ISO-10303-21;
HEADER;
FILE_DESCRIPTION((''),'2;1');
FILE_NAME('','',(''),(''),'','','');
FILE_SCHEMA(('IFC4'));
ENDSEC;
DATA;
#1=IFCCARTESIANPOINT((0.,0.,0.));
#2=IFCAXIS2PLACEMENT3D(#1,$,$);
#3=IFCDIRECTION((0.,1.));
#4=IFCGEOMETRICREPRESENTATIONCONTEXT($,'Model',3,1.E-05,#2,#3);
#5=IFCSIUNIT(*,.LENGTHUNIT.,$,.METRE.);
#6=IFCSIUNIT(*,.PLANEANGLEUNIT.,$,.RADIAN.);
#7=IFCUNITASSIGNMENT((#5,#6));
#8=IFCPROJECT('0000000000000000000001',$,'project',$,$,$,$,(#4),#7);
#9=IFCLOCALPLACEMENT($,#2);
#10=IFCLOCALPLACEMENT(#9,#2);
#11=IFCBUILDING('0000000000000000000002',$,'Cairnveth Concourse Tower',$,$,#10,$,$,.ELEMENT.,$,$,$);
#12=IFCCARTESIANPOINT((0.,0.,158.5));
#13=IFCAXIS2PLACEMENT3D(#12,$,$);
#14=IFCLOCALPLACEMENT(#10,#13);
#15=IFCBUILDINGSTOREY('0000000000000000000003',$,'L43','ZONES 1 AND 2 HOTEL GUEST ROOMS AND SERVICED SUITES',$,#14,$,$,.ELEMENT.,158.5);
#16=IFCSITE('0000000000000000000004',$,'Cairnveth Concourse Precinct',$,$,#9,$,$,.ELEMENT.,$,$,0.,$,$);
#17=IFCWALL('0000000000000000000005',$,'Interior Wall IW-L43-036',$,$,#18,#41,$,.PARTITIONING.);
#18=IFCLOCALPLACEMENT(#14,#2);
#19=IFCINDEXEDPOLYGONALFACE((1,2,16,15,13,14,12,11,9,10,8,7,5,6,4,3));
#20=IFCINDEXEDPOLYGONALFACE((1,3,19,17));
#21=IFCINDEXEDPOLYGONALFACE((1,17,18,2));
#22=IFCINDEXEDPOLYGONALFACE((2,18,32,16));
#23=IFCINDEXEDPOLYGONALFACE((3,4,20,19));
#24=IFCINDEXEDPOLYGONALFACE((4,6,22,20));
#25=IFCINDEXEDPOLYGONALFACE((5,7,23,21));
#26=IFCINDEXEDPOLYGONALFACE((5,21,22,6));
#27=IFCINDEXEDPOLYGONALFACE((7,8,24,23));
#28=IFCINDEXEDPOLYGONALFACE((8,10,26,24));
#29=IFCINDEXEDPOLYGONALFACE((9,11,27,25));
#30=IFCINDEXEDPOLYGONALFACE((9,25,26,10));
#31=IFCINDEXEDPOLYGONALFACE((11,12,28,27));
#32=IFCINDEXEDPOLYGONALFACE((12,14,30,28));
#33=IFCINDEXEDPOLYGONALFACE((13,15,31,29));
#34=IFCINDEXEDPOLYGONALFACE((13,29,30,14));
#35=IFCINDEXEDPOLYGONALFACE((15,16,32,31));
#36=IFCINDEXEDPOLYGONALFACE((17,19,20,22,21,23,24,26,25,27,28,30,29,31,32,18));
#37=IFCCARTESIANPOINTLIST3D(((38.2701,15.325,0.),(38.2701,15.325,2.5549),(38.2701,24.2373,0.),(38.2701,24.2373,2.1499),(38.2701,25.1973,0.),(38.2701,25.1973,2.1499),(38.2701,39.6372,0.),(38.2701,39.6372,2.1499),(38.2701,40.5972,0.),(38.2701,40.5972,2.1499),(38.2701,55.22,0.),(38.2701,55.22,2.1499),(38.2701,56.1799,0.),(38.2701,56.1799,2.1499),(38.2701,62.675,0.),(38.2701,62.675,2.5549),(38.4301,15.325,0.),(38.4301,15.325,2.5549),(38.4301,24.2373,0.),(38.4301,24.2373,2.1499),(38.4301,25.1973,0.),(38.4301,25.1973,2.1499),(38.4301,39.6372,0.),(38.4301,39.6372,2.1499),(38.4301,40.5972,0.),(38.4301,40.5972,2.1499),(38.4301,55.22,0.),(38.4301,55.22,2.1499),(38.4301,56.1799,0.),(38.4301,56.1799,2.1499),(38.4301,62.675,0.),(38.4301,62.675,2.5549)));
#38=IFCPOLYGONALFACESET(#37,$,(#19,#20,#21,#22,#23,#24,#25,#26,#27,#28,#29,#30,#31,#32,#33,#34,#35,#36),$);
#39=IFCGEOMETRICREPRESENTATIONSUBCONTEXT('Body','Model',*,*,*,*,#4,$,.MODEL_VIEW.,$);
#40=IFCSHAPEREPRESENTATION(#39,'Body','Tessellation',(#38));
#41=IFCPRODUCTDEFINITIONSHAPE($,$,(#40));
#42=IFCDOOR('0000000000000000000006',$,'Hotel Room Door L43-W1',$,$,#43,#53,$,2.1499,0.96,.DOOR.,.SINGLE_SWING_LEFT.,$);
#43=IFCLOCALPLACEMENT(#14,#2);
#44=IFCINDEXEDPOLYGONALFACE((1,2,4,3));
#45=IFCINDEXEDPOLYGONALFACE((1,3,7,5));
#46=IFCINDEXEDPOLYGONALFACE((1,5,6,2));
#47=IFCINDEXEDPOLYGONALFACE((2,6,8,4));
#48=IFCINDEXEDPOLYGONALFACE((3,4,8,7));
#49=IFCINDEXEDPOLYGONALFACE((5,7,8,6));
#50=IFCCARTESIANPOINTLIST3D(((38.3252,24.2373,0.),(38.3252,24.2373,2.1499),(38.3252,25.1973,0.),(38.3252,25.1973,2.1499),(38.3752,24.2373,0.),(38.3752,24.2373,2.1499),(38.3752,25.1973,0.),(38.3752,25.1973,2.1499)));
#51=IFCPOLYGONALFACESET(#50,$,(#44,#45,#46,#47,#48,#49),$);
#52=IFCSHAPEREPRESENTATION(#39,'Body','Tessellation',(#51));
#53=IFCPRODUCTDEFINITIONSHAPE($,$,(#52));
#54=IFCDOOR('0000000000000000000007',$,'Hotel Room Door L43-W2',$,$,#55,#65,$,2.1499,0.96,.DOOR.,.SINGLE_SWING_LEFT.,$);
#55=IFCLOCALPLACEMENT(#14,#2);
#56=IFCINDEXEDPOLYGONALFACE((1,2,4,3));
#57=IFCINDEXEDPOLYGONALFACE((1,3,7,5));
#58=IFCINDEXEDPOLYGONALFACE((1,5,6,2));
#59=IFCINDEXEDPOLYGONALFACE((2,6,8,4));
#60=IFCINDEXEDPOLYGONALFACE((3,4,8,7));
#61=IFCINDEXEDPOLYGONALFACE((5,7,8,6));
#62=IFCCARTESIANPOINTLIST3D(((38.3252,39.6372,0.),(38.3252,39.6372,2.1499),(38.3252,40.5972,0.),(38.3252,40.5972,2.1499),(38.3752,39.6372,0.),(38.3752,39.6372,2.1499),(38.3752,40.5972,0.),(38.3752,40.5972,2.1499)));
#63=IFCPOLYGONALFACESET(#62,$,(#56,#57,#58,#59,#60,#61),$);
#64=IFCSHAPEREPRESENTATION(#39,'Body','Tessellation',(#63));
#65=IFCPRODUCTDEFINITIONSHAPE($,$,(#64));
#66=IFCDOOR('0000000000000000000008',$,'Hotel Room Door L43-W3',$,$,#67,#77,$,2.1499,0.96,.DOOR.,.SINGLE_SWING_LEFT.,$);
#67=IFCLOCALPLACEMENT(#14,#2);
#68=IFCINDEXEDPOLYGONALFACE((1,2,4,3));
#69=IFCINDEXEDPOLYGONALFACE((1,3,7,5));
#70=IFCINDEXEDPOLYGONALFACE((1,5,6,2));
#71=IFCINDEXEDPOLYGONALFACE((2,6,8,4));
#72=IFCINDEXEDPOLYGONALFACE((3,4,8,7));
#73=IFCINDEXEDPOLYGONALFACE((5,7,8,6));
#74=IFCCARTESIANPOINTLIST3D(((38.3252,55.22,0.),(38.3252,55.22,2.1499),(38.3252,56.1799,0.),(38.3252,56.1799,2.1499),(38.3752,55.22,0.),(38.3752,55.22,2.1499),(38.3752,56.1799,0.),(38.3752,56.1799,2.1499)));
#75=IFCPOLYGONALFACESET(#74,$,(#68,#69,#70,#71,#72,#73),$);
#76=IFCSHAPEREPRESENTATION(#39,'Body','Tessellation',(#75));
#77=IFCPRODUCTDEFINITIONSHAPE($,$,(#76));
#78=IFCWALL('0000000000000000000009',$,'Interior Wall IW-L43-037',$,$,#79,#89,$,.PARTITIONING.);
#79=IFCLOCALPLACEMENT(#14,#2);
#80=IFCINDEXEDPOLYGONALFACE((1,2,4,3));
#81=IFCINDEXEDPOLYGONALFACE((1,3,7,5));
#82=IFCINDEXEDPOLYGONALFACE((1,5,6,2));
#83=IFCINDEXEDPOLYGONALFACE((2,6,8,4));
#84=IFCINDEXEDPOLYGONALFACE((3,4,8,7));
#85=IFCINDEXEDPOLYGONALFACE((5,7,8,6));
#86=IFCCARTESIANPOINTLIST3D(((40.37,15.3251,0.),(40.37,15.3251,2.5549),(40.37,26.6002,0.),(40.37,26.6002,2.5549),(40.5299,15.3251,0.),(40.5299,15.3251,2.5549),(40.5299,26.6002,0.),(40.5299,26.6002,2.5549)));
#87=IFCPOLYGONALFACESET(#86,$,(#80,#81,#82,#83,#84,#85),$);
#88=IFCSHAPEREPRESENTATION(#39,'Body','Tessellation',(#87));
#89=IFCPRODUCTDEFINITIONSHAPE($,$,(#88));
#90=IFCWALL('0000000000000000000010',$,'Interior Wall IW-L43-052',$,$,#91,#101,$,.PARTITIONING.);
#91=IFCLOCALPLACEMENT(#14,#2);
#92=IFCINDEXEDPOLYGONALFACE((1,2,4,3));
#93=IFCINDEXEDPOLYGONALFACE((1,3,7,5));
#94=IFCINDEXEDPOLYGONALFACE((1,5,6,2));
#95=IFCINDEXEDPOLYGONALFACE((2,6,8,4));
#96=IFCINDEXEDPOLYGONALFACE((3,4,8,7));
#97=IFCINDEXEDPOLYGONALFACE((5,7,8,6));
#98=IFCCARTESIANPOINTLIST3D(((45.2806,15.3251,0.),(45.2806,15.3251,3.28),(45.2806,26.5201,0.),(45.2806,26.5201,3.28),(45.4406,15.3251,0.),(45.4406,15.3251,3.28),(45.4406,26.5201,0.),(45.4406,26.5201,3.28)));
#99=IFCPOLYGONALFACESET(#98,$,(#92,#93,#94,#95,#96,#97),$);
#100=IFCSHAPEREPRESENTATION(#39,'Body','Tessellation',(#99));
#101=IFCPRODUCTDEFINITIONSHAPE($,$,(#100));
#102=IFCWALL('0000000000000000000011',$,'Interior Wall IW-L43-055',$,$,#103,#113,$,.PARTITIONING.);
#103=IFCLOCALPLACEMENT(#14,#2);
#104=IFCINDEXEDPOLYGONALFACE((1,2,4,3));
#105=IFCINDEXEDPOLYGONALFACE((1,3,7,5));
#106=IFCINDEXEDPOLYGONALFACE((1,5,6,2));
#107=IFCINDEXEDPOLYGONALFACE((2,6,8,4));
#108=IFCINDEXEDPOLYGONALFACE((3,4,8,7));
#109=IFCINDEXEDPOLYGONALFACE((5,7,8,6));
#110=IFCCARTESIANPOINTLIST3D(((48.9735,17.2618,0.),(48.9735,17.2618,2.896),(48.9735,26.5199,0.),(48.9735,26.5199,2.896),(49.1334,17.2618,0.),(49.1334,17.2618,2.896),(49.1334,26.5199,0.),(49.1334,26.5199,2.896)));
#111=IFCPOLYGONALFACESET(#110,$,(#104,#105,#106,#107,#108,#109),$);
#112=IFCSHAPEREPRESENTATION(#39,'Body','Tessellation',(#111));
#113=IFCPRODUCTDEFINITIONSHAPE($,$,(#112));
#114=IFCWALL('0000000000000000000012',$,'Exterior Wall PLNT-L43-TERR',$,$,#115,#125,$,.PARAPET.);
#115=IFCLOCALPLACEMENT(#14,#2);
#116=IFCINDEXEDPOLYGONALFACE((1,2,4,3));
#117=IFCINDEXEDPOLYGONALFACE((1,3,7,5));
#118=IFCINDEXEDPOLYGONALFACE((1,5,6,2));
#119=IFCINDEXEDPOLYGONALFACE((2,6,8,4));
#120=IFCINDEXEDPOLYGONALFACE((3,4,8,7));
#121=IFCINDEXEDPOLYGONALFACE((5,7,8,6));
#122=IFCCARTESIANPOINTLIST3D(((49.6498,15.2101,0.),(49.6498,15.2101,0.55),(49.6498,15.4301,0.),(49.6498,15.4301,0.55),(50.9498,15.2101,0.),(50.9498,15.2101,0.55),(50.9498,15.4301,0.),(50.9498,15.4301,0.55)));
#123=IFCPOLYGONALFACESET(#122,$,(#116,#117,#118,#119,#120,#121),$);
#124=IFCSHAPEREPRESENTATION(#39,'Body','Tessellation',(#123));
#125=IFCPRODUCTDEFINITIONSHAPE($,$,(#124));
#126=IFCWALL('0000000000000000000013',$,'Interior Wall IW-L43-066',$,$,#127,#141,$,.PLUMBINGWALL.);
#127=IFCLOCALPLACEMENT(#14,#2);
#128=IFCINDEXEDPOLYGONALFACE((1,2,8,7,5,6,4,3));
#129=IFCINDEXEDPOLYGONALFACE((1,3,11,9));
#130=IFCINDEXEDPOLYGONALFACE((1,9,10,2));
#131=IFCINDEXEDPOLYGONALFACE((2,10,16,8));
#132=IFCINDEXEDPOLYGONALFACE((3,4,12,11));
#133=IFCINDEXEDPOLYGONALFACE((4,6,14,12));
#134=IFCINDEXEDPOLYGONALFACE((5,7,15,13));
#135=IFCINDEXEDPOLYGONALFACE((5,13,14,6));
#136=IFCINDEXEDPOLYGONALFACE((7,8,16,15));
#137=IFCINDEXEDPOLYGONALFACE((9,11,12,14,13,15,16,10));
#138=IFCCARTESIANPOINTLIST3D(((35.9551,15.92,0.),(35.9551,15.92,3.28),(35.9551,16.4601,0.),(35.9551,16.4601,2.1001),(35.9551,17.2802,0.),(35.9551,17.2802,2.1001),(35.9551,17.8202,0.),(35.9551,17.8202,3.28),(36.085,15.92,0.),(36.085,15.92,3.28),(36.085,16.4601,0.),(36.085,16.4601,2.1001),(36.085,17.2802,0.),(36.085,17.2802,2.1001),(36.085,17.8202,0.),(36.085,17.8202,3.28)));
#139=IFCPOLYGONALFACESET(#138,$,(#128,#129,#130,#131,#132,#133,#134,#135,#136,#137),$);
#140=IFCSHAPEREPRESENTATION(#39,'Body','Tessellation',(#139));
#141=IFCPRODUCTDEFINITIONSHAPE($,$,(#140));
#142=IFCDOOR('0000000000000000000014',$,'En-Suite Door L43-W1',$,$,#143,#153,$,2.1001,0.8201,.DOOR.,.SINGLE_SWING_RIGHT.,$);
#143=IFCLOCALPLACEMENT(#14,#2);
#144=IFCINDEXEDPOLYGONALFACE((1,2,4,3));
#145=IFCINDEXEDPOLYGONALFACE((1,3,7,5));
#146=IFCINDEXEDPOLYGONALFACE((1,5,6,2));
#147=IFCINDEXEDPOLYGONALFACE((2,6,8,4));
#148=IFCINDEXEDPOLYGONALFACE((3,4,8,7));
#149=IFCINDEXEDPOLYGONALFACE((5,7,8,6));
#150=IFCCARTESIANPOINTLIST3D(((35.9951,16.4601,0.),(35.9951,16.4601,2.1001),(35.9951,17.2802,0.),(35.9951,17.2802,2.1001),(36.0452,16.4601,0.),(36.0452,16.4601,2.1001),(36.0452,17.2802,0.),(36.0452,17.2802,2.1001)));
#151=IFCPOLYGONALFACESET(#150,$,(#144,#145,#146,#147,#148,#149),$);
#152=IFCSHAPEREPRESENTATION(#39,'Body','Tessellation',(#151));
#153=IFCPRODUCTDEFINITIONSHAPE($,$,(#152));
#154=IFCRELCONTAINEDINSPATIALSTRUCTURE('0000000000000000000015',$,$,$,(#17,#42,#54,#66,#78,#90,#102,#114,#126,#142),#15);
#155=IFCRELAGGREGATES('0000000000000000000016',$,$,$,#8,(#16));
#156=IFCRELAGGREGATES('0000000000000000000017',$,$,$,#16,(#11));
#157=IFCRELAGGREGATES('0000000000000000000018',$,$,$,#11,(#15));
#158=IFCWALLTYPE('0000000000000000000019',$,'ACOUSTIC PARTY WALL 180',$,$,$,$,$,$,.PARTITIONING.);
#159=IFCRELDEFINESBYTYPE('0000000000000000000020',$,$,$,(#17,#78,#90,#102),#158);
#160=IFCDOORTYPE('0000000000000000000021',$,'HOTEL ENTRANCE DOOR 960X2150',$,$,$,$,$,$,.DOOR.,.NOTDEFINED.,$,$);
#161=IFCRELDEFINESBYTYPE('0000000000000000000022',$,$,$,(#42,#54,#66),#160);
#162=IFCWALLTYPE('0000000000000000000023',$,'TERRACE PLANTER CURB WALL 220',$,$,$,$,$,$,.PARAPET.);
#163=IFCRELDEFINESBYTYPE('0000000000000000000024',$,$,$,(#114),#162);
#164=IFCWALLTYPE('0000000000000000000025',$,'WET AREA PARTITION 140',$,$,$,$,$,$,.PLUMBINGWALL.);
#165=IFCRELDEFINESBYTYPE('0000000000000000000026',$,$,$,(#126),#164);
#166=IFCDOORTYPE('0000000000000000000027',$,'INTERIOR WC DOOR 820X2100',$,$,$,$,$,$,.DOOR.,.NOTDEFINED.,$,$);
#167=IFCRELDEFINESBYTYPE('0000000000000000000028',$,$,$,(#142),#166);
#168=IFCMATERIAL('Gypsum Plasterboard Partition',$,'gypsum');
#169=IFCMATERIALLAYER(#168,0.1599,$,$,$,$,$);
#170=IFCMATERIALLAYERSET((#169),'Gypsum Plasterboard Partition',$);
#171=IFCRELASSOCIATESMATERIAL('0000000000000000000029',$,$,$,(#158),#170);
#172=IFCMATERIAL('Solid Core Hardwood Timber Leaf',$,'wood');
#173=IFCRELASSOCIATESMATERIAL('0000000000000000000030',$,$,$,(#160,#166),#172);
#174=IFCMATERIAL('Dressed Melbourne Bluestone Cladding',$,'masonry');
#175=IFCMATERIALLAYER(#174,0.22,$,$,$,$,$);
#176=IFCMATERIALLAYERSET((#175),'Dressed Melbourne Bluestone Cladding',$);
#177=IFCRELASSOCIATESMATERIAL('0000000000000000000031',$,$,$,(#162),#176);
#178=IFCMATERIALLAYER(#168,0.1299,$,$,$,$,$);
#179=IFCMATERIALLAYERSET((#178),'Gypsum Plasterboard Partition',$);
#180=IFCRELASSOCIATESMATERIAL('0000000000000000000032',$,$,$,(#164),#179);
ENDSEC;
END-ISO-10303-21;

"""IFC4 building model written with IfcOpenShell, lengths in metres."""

from ifc_helpers import new_model, si_unit, direction, frame, frame_2d, origin, place, context, subcontext, project, spatial, rectangle, extrude, material, layer, layer_set, type_object, element, fill, save


model = new_model("IFC4")

# Units and contexts
model_context = context("Model", 3, precision=1e-05, world=origin(), true_north=direction((0.0, 1.0)))
body_context = subcontext(model_context, "Body", "Model", "MODEL_VIEW")
ifc_project = project(units=[si_unit("LENGTHUNIT", "METRE"), si_unit("PLANEANGLEUNIT", "RADIAN")], contexts=[model_context])

# Site, building, storey
site_placement = place(None, origin())
site = spatial("IfcSite", under=ifc_project, at=site_placement, Name="Cairnveth Concourse Precinct", CompositionType="ELEMENT", RefElevation=0.0)
building_placement = place(site_placement, origin())
building = spatial("IfcBuilding", under=site, at=building_placement, Name="Cairnveth Concourse Tower", CompositionType="ELEMENT")
storey_placement = place(building_placement, frame((0.0, 0.0, 158.5)))
storey = spatial("IfcBuildingStorey", under=building, at=storey_placement, Name="L43", Description="ZONES 1 AND 2 HOTEL GUEST ROOMS AND SERVICED SUITES", CompositionType="ELEMENT", Elevation=158.5)

# Wall, openings, doors
ifc_material_1 = material(Name="Gypsum Plasterboard Partition", Category="gypsum")
ifc_layer_1 = layer(ifc_material_1, 0.1599)
ifc_layer_set_1 = layer_set([ifc_layer_1], Name="Gypsum Plasterboard Partition")
wall_type_1 = type_object("IfcWallType", Name="ACOUSTIC PARTY WALL 180", PredefinedType="PARTITIONING", material=ifc_layer_set_1)
wall_1_placement = place(storey_placement, frame((38.3501, 15.325, 0.0), z_axis=(0.0, 0.0, 1.0), x_axis=(0.0, 1.0, 0.0)))
wall_1 = element("IfcWall", 1, at=wall_1_placement, inside=storey, type_object=wall_type_1, Name="Interior Wall IW-L43-036", PredefinedType="PARTITIONING", context=body_context, shape_type="SweptSolid", body=[
    extrude(rectangle(XDim=47.3501, YDim=0.1599, at=frame_2d((23.675, 0.0))), origin(), (0.0, 0.0, 1.0), 2.5549),
])
opening_1_placement = place(wall_1_placement, frame((8.9124, 0.0, 0.0)))
opening_1 = element("IfcOpeningElement", 2, at=opening_1_placement, cuts=wall_1, PredefinedType="OPENING", context=body_context, shape_type="SweptSolid", body=[
    extrude(rectangle(XDim=0.96, YDim=2.1499, at=frame_2d((0.48, 1.075))), frame((0.0, 0.0898, 0.0), z_axis=(0.0, -1.0, 0.0), x_axis=(1.0, 0.0, 0.0)), (0.0, 0.0, 1.0), 0.1799),
])
opening_2_placement = place(wall_1_placement, frame((24.3123, 0.0, 0.0)))
opening_2 = element("IfcOpeningElement", 3, at=opening_2_placement, cuts=wall_1, PredefinedType="OPENING", context=body_context, shape_type="SweptSolid", body=[
    extrude(rectangle(XDim=0.96, YDim=2.1499, at=frame_2d((0.48, 1.075))), frame((0.0, 0.0898, 0.0), z_axis=(0.0, -1.0, 0.0), x_axis=(1.0, 0.0, 0.0)), (0.0, 0.0, 1.0), 0.1799),
])
opening_3_placement = place(wall_1_placement, frame((39.895, 0.0, 0.0)))
opening_3 = element("IfcOpeningElement", 4, at=opening_3_placement, cuts=wall_1, PredefinedType="OPENING", context=body_context, shape_type="SweptSolid", body=[
    extrude(rectangle(XDim=0.96, YDim=2.1499, at=frame_2d((0.48, 1.075))), frame((0.0, 0.0898, 0.0), z_axis=(0.0, -1.0, 0.0), x_axis=(1.0, 0.0, 0.0)), (0.0, 0.0, 1.0), 0.1799),
])
ifc_material_2 = material(Name="Solid Core Hardwood Timber Leaf", Category="wood")
door_type_1 = type_object("IfcDoorType", Name="HOTEL ENTRANCE DOOR 960X2150", OperationType="NOTDEFINED", PredefinedType="DOOR", material=ifc_material_2)
door_1_placement = place(opening_1_placement, origin())
door_1 = element("IfcDoor", 5, at=door_1_placement, inside=storey, type_object=door_type_1, Name="Hotel Room Door L43-W1", OperationType="SINGLE_SWING_LEFT", OverallHeight=2.1499, OverallWidth=0.96, PredefinedType="DOOR", context=body_context, shape_type="SweptSolid", body=[
    extrude(rectangle(XDim=0.96, YDim=2.1499, at=frame_2d((0.48, 1.075))), frame((0.0, 0.0249, 0.0), z_axis=(0.0, -1.0, 0.0), x_axis=(1.0, 0.0, 0.0)), (0.0, 0.0, 1.0), 0.05),
])
fill(opening_1, door_1)
door_2_placement = place(opening_2_placement, origin())
door_2 = element("IfcDoor", 6, at=door_2_placement, inside=storey, type_object=door_type_1, Name="Hotel Room Door L43-W2", OperationType="SINGLE_SWING_LEFT", OverallHeight=2.1499, OverallWidth=0.96, PredefinedType="DOOR", context=body_context, shape_type="SweptSolid", body=[
    extrude(rectangle(XDim=0.96, YDim=2.1499, at=frame_2d((0.48, 1.075))), frame((0.0, 0.0249, 0.0), z_axis=(0.0, -1.0, 0.0), x_axis=(1.0, 0.0, 0.0)), (0.0, 0.0, 1.0), 0.05),
])
fill(opening_2, door_2)
door_3_placement = place(opening_3_placement, origin())
door_3 = element("IfcDoor", 7, at=door_3_placement, inside=storey, type_object=door_type_1, Name="Hotel Room Door L43-W3", OperationType="SINGLE_SWING_LEFT", OverallHeight=2.1499, OverallWidth=0.96, PredefinedType="DOOR", context=body_context, shape_type="SweptSolid", body=[
    extrude(rectangle(XDim=0.96, YDim=2.1499, at=frame_2d((0.48, 1.075))), frame((0.0, 0.0249, 0.0), z_axis=(0.0, -1.0, 0.0), x_axis=(1.0, 0.0, 0.0)), (0.0, 0.0, 1.0), 0.05),
])
fill(opening_3, door_3)

# Walls
wall_2_placement = place(storey_placement, frame((40.45, 15.325, 0.0), z_axis=(0.0, 0.0, 1.0), x_axis=(0.0, 1.0, 0.0)))
element("IfcWall", 8, at=wall_2_placement, inside=storey, type_object=wall_type_1, Name="Interior Wall IW-L43-037", PredefinedType="PARTITIONING", context=body_context, shape_type="SweptSolid", body=[
    extrude(rectangle(XDim=11.2751, YDim=0.1599, at=frame_2d((5.6377, 0.0))), origin(), (0.0, 0.0, 1.0), 2.5549),
])
wall_3_placement = place(storey_placement, frame((45.3606, 15.325, 0.0), z_axis=(0.0, 0.0, 1.0), x_axis=(0.0, 1.0, 0.0)))
element("IfcWall", 9, at=wall_3_placement, inside=storey, type_object=wall_type_1, Name="Interior Wall IW-L43-052", PredefinedType="PARTITIONING", context=body_context, shape_type="SweptSolid", body=[
    extrude(rectangle(XDim=11.1951, YDim=0.1599, at=frame_2d((5.5977, 0.0))), origin(), (0.0, 0.0, 1.0), 3.28),
])
wall_4_placement = place(storey_placement, frame((49.0535, 17.262, 0.0), z_axis=(0.0, 0.0, 1.0), x_axis=(0.0, 1.0, 0.0)))
element("IfcWall", 10, at=wall_4_placement, inside=storey, type_object=wall_type_1, Name="Interior Wall IW-L43-055", PredefinedType="PARTITIONING", context=body_context, shape_type="SweptSolid", body=[
    extrude(rectangle(XDim=9.2581, YDim=0.1599, at=frame_2d((4.6289, 0.0))), origin(), (0.0, 0.0, 1.0), 2.896),
])
ifc_material_3 = material(Name="Dressed Melbourne Bluestone Cladding", Category="masonry")
ifc_layer_2 = layer(ifc_material_3, 0.22)
ifc_layer_set_2 = layer_set([ifc_layer_2], Name="Dressed Melbourne Bluestone Cladding")
wall_type_2 = type_object("IfcWallType", Name="TERRACE PLANTER CURB WALL 220", PredefinedType="PARAPET", material=ifc_layer_set_2)
wall_5_placement = place(storey_placement, frame((49.6499, 15.3201, 0.0), z_axis=(0.0, 0.0, 1.0), x_axis=(1.0, 0.0, 0.0)))
element("IfcWall", 11, at=wall_5_placement, inside=storey, type_object=wall_type_2, Name="Exterior Wall PLNT-L43-TERR", PredefinedType="PARAPET", context=body_context, shape_type="SweptSolid", body=[
    extrude(rectangle(XDim=1.3, YDim=0.22, at=frame_2d((0.6499, 0.0))), origin(), (0.0, 0.0, 1.0), 0.55),
])

# Wall, opening, door
ifc_layer_3 = layer(ifc_material_1, 0.1299)
ifc_layer_set_3 = layer_set([ifc_layer_3], Name="Gypsum Plasterboard Partition")
wall_type_3 = type_object("IfcWallType", Name="WET AREA PARTITION 140", PredefinedType="PLUMBINGWALL", material=ifc_layer_set_3)
wall_6_placement = place(storey_placement, frame((36.02, 15.9199, 0.0), z_axis=(0.0, 0.0, 1.0), x_axis=(0.0, 1.0, 0.0)))
wall_6 = element("IfcWall", 12, at=wall_6_placement, inside=storey, type_object=wall_type_3, Name="Interior Wall IW-L43-066", PredefinedType="PLUMBINGWALL", context=body_context, shape_type="SweptSolid", body=[
    extrude(rectangle(XDim=1.9001, YDim=0.1299, at=frame_2d((0.9502, 0.0))), origin(), (0.0, 0.0, 1.0), 3.28),
])
opening_4_placement = place(wall_6_placement, frame((0.54, 0.0, 0.0)))
opening_4 = element("IfcOpeningElement", 13, at=opening_4_placement, cuts=wall_6, PredefinedType="OPENING", context=body_context, shape_type="SweptSolid", body=[
    extrude(rectangle(XDim=0.8201, YDim=2.1001, at=frame_2d((0.4102, 1.05))), frame((0.0, 0.075, 0.0), z_axis=(0.0, -1.0, 0.0), x_axis=(1.0, 0.0, 0.0)), (0.0, 0.0, 1.0), 0.1499),
])
door_type_2 = type_object("IfcDoorType", Name="INTERIOR WC DOOR 820X2100", OperationType="NOTDEFINED", PredefinedType="DOOR", material=ifc_material_2)
door_4_placement = place(opening_4_placement, origin())
door_4 = element("IfcDoor", 14, at=door_4_placement, inside=storey, type_object=door_type_2, Name="En-Suite Door L43-W1", OperationType="SINGLE_SWING_RIGHT", OverallHeight=2.1001, OverallWidth=0.8201, PredefinedType="DOOR", context=body_context, shape_type="SweptSolid", body=[
    extrude(rectangle(XDim=0.8201, YDim=2.1001, at=frame_2d((0.4102, 1.05))), frame((0.0, 0.0249, 0.0), z_axis=(0.0, -1.0, 0.0), x_axis=(1.0, 0.0, 0.0)), (0.0, 0.0, 1.0), 0.05),
])
fill(opening_4, door_4)

save(model, "model.ifc")
